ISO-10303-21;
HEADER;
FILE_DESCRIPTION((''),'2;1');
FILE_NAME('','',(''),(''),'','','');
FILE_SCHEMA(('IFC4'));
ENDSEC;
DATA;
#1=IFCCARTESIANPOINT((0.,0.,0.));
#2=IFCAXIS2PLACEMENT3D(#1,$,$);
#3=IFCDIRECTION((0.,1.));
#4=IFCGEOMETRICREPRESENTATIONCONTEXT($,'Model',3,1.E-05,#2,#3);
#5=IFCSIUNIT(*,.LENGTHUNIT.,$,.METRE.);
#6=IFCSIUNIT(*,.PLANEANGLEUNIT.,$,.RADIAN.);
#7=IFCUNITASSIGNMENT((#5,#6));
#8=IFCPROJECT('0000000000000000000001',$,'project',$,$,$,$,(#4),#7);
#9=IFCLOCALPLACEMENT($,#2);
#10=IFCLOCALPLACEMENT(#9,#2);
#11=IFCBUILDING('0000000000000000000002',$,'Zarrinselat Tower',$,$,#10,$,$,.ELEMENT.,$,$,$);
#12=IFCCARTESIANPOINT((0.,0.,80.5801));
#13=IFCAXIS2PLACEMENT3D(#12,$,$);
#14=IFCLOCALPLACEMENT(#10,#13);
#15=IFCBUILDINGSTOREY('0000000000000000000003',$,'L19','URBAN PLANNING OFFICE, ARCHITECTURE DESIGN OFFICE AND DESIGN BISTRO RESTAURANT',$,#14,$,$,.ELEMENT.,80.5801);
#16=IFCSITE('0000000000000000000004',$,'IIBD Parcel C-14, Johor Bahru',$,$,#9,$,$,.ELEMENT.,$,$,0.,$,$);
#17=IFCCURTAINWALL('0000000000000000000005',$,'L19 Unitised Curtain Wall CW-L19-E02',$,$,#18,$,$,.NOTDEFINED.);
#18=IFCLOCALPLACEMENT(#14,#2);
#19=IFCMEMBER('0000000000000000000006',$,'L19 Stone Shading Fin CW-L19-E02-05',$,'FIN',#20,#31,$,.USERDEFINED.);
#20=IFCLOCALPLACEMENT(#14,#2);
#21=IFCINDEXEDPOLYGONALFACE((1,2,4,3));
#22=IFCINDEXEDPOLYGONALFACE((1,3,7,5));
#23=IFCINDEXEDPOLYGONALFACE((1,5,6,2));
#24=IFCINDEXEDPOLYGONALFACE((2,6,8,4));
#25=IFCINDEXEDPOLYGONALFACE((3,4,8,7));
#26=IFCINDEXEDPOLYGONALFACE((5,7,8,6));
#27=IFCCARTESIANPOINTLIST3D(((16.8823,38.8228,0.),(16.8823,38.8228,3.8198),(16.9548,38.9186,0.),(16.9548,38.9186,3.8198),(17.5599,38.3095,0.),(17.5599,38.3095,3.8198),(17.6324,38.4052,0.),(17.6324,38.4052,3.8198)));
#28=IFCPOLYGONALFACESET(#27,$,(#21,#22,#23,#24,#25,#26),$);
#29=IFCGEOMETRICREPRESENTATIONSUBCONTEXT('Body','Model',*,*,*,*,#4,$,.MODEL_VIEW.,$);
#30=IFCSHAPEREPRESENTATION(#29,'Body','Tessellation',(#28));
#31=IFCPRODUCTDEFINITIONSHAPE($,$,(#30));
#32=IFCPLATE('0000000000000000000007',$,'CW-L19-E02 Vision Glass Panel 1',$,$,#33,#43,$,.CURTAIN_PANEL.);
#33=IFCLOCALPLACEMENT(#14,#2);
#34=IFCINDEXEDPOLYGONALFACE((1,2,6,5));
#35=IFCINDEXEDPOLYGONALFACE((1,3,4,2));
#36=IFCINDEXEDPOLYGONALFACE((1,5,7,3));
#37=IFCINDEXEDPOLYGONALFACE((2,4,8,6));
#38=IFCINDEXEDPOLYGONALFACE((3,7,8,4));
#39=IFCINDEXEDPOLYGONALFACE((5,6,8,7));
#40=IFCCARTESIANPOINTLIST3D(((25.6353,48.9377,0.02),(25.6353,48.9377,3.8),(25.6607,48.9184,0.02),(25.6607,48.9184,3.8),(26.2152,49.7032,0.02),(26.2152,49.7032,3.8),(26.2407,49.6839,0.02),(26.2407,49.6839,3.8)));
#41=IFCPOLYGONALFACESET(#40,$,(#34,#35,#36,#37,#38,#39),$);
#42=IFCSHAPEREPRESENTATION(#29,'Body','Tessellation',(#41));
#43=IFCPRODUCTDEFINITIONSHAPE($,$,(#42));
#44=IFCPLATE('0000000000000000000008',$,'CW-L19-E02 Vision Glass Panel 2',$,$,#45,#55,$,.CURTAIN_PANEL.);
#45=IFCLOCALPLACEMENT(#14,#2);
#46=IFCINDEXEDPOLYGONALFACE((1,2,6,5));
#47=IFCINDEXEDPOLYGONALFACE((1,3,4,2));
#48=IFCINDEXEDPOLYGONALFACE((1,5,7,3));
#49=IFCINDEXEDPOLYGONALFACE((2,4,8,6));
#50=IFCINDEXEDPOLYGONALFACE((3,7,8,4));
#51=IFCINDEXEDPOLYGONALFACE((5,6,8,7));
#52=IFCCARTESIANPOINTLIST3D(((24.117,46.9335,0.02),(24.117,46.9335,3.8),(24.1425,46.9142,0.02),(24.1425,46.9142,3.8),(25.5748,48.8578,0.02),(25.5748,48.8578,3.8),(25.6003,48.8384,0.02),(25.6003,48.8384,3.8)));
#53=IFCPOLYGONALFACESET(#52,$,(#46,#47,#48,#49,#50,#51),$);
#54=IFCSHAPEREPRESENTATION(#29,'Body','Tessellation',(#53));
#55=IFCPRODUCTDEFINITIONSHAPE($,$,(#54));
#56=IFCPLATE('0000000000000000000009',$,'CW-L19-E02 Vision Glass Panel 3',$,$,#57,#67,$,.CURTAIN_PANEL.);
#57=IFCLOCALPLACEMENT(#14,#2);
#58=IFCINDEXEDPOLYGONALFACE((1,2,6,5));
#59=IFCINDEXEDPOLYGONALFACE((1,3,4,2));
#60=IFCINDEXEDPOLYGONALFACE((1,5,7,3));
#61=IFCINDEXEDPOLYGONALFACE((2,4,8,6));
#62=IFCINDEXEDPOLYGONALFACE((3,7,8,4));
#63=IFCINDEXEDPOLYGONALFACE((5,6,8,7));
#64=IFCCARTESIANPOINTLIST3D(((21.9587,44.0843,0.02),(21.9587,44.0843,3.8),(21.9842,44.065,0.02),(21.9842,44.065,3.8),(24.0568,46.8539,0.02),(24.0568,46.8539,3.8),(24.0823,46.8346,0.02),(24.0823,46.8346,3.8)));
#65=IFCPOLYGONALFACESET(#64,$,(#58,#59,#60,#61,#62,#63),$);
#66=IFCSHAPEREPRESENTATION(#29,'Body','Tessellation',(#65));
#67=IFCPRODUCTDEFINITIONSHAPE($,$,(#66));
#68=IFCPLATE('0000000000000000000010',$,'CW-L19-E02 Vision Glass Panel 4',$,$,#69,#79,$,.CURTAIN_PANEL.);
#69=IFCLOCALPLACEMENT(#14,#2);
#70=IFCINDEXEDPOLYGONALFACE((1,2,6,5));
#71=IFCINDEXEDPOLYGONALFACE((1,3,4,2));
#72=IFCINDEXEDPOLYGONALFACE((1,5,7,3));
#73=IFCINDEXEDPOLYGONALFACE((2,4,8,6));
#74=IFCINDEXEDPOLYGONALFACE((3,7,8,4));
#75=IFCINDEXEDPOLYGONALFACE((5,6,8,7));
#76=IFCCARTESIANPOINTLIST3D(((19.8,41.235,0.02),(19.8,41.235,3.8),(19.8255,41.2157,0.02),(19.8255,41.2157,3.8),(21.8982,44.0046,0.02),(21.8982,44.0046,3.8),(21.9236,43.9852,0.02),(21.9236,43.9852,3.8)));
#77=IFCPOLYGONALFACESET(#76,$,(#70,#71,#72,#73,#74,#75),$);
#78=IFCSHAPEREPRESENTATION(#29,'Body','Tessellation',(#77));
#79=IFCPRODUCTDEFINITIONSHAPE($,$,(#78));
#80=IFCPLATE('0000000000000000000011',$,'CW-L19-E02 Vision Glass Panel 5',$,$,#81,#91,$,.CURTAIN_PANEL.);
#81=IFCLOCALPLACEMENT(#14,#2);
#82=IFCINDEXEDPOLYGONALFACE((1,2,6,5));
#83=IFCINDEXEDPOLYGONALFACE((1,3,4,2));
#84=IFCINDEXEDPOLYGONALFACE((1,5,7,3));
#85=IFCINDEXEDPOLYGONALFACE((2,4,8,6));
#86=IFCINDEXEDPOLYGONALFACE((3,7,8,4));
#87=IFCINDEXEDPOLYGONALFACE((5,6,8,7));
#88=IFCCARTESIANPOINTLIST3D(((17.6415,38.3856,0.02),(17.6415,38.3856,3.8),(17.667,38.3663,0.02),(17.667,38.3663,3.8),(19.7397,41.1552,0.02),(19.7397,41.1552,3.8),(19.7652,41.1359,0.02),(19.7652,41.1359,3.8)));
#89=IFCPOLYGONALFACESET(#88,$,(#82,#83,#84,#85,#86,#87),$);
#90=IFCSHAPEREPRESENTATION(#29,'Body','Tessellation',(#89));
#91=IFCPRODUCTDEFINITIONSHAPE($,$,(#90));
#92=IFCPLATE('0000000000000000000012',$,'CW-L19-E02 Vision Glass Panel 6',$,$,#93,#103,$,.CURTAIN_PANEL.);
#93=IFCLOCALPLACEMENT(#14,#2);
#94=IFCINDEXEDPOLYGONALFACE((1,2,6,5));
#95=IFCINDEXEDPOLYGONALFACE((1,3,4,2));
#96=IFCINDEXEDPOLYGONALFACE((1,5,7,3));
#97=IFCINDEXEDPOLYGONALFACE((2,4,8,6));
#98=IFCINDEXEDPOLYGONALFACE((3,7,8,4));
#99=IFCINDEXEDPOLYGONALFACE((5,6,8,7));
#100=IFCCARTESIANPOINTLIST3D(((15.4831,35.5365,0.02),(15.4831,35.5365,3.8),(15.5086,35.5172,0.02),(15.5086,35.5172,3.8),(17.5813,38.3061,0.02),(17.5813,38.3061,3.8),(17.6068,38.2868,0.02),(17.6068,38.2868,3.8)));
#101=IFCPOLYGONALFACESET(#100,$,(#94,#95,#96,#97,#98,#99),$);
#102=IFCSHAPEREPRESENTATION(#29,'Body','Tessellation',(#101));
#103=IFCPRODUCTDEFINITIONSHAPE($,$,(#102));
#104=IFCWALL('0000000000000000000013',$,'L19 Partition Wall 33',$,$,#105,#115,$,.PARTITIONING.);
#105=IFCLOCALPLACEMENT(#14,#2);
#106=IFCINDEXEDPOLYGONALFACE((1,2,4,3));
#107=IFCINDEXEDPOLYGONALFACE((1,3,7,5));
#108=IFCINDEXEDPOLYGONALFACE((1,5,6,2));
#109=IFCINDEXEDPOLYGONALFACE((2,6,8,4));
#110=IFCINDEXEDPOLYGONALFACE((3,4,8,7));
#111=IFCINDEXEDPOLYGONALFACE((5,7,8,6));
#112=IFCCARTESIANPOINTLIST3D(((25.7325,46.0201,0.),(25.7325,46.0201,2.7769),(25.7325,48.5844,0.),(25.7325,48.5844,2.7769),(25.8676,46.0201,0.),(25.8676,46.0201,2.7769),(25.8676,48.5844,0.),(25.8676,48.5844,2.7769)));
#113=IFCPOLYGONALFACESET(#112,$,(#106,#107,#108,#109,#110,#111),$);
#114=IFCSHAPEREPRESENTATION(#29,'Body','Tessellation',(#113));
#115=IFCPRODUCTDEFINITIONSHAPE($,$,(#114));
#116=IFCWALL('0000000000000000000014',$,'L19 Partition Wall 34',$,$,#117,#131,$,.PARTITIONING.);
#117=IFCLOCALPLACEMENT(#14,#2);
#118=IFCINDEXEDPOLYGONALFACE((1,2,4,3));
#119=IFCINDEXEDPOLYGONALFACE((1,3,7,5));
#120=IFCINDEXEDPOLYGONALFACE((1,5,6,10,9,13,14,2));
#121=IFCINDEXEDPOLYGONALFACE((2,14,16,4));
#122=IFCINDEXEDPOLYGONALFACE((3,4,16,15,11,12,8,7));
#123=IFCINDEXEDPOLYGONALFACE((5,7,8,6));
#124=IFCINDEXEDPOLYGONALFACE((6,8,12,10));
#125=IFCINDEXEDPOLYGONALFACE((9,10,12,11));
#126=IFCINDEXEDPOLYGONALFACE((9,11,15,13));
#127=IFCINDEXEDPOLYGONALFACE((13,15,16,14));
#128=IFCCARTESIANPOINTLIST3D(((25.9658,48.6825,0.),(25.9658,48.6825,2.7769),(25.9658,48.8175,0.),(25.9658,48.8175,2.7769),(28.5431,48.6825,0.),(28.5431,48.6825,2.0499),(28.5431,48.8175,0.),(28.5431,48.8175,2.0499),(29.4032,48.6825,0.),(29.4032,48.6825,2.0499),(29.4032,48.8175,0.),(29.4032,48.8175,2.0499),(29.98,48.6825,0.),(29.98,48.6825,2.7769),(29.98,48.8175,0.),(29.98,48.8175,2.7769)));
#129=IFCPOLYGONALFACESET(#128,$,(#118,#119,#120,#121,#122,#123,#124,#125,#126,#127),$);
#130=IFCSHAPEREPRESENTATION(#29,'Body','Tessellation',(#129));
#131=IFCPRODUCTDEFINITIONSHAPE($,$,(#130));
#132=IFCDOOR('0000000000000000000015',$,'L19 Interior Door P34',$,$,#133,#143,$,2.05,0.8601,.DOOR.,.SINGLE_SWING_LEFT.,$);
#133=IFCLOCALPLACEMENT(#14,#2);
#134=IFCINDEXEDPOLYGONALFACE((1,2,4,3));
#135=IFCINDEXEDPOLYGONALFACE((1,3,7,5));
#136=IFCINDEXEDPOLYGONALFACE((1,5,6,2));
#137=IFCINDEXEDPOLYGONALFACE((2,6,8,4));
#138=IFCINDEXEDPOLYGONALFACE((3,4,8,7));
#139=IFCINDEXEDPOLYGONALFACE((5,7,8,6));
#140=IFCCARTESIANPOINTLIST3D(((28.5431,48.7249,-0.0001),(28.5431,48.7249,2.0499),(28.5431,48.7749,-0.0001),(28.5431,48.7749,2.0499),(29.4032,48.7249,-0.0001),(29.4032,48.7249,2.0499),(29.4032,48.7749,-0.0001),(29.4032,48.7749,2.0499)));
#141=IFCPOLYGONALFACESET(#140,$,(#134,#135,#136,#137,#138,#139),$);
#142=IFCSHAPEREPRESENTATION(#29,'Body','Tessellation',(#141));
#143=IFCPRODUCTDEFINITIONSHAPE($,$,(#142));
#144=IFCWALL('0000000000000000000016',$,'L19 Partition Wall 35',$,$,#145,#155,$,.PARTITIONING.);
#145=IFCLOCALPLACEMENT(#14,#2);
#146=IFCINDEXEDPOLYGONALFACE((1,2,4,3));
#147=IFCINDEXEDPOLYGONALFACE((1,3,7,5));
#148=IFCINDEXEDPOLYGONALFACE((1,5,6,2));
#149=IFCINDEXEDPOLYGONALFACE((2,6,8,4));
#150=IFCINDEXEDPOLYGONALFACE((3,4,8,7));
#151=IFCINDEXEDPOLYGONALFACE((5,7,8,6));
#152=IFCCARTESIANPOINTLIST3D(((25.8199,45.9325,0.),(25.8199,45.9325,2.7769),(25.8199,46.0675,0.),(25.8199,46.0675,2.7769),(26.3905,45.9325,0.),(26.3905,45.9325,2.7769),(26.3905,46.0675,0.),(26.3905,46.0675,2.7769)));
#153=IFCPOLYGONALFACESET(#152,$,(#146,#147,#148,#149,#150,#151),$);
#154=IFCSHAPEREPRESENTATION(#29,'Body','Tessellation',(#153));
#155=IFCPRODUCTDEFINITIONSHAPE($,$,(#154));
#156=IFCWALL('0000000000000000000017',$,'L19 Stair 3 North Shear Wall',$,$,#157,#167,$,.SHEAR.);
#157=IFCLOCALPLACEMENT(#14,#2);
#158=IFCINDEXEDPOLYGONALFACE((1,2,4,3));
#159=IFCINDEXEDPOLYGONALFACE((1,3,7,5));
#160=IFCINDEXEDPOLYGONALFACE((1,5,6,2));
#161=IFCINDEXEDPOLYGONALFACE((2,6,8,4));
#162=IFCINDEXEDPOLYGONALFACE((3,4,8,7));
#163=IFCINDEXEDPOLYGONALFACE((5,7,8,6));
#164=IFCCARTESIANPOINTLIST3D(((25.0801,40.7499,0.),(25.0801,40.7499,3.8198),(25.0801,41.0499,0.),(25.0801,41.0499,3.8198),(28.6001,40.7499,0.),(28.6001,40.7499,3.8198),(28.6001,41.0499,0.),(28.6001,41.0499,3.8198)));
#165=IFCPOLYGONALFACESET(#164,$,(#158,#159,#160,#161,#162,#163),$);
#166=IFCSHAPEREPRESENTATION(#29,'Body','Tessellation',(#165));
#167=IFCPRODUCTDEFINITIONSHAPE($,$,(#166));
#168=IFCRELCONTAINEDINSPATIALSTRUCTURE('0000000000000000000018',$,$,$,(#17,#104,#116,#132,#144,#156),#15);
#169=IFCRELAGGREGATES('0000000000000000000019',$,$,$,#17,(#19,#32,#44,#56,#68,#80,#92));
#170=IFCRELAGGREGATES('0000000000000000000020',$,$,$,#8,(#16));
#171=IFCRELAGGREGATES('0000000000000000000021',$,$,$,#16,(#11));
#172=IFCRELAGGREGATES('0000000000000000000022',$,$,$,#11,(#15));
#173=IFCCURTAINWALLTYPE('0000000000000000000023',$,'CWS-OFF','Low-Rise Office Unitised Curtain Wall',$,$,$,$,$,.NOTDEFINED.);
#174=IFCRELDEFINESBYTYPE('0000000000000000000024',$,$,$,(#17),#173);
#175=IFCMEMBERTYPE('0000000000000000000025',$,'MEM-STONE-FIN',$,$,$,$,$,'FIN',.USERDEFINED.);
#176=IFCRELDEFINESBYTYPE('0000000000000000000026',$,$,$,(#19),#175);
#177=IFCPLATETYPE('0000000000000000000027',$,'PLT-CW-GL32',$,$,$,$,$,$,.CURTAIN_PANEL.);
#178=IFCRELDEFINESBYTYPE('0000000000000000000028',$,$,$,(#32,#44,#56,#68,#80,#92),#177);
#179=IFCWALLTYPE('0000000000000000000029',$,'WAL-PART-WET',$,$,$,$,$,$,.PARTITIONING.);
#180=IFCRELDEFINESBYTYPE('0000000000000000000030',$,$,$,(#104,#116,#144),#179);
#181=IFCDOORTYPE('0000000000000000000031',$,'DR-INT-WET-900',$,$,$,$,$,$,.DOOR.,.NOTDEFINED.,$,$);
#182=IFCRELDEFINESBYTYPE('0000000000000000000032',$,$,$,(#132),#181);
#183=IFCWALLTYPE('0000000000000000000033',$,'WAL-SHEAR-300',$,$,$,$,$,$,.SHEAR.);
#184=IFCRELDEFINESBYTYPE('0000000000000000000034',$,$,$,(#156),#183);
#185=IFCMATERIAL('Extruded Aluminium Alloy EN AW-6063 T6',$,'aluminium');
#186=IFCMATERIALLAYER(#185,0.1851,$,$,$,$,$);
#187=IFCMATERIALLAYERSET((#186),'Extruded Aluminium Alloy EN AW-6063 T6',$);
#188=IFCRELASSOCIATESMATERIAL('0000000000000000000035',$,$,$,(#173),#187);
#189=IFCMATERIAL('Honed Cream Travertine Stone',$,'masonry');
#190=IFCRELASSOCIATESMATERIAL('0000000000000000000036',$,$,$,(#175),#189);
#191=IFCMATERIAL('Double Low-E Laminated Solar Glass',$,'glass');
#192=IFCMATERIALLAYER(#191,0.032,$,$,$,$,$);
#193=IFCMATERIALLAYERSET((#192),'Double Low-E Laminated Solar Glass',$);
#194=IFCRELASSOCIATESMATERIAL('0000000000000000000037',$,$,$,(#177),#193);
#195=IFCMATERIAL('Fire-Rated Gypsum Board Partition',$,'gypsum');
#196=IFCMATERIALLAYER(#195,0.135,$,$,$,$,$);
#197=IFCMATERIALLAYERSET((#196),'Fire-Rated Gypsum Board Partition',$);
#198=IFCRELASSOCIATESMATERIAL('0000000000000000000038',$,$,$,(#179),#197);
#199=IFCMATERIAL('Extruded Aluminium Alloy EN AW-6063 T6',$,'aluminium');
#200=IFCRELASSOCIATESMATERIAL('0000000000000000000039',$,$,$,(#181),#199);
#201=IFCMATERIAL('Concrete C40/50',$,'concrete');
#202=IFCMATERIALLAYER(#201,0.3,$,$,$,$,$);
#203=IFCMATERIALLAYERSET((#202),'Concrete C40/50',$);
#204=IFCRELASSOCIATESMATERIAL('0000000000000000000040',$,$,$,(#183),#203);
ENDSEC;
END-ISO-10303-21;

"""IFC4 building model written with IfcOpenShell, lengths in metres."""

from ifc_helpers import new_model, si_unit, direction, frame, frame_2d, origin, origin_2d, place, context, subcontext, project, spatial, rectangle, extrude, material, layer, layer_set, material_profile, profile_set, type_object, element, fill, aggregate, save


model = new_model("IFC4")

# Units and contexts
model_context = context("Model", 3, precision=1e-05, world=origin(), true_north=direction((0.0, 1.0)))
body_context = subcontext(model_context, "Body", "Model", "MODEL_VIEW")
ifc_project = project(units=[si_unit("LENGTHUNIT", "METRE"), si_unit("PLANEANGLEUNIT", "RADIAN")], contexts=[model_context])

# Site, building, storey
site_placement = place(None, origin())
site = spatial("IfcSite", under=ifc_project, at=site_placement, Name="IIBD Parcel C-14, Johor Bahru", CompositionType="ELEMENT", RefElevation=0.0)
building_placement = place(site_placement, origin())
building = spatial("IfcBuilding", under=site, at=building_placement, Name="Zarrinselat Tower", CompositionType="ELEMENT")
storey_placement = place(building_placement, frame((0.0, 0.0, 80.5801)))
storey = spatial("IfcBuildingStorey", under=building, at=storey_placement, Name="L19", Description="URBAN PLANNING OFFICE, ARCHITECTURE DESIGN OFFICE AND DESIGN BISTRO RESTAURANT", CompositionType="ELEMENT", Elevation=80.5801)

# Shared definitions
ifc_material_1 = material(Name="Extruded Aluminium Alloy EN AW-6063 T6", Category="aluminium")
ifc_layer_1 = layer(ifc_material_1, 0.1851)
ifc_layer_set_1 = layer_set([ifc_layer_1], Name="Extruded Aluminium Alloy EN AW-6063 T6")
curtain_wall_type = type_object("IfcCurtainWallType", Name="CWS-OFF", Description="Low-Rise Office Unitised Curtain Wall", PredefinedType="NOTDEFINED", material=ifc_layer_set_1)

# Curtain wall
curtain_wall_1_placement = place(storey_placement, origin())
curtain_wall_1 = element("IfcCurtainWall", 1, at=curtain_wall_1_placement, inside=storey, type_object=curtain_wall_type, Name="L19 Unitised Curtain Wall CW-L19-E02", PredefinedType="NOTDEFINED")

# Member
ifc_material_2 = material(Name="Honed Cream Travertine Stone", Category="masonry")
ifc_material_profile_1 = material_profile(ifc_material_2, rectangle(XDim=0.1201, YDim=0.8501, at=origin_2d()), Name="FIN 850x120")
ifc_profile_set_1 = profile_set([ifc_material_profile_1], Name="Honed Cream Travertine Stone")
member_type_1 = type_object("IfcMemberType", Name="MEM-STONE-FIN", ElementType="FIN", PredefinedType="USERDEFINED", material=ifc_profile_set_1)
member_1_placement = place(storey_placement, frame((17.2573, 38.614, 0.0), z_axis=(0.0, 0.0, 1.0), x_axis=(0.603857, 0.797093, 0.0)))
member_1 = element("IfcMember", 2, at=member_1_placement, type_object=member_type_1, Name="L19 Stone Shading Fin CW-L19-E02-05", ObjectType="FIN", PredefinedType="USERDEFINED", context=body_context, shape_type="SweptSolid", body=[
    extrude(rectangle(XDim=0.1201, YDim=0.8501, at=origin_2d()), origin(), (0.0, 0.0, 1.0), 3.8198),
])

# Plates
ifc_material_3 = material(Name="Double Low-E Laminated Solar Glass", Category="glass")
ifc_layer_2 = layer(ifc_material_3, 0.032)
ifc_layer_set_2 = layer_set([ifc_layer_2], Name="Double Low-E Laminated Solar Glass")
plate_type = type_object("IfcPlateType", Name="PLT-CW-GL32", PredefinedType="CURTAIN_PANEL", material=ifc_layer_set_2)
plate_1_placement = place(storey_placement, frame((25.938, 49.3108, 0.02), z_axis=(0.0, 0.0, 1.0), x_axis=(-0.603857, -0.797093, 0.0)))
plate_1 = element("IfcPlate", 3, at=plate_1_placement, type_object=plate_type, Name="CW-L19-E02 Vision Glass Panel 1", PredefinedType="CURTAIN_PANEL", context=body_context, shape_type="SweptSolid", body=[
    extrude(rectangle(XDim=0.9604, YDim=0.032, at=origin_2d()), origin(), (0.0, 0.0, 1.0), 3.78),
])
plate_2_placement = place(storey_placement, frame((24.8586, 47.886, 0.02), z_axis=(0.0, 0.0, 1.0), x_axis=(-0.603857, -0.797093, 0.0)))
plate_2 = element("IfcPlate", 4, at=plate_2_placement, type_object=plate_type, Name="CW-L19-E02 Vision Glass Panel 2", PredefinedType="CURTAIN_PANEL", context=body_context, shape_type="SweptSolid", body=[
    extrude(rectangle(XDim=2.4141, YDim=0.032, at=origin_2d()), origin(), (0.0, 0.0, 1.0), 3.78),
])
plate_3_placement = place(storey_placement, frame((23.0205, 45.4595, 0.02), z_axis=(0.0, 0.0, 1.0), x_axis=(-0.603857, -0.797093, 0.0)))
plate_3 = element("IfcPlate", 5, at=plate_3_placement, type_object=plate_type, Name="CW-L19-E02 Vision Glass Panel 3", PredefinedType="CURTAIN_PANEL", context=body_context, shape_type="SweptSolid", body=[
    extrude(rectangle(XDim=3.4746, YDim=0.032, at=origin_2d()), origin(), (0.0, 0.0, 1.0), 3.78),
])
plate_4_placement = place(storey_placement, frame((20.8618, 42.6101, 0.02), z_axis=(0.0, 0.0, 1.0), x_axis=(-0.603857, -0.797093, 0.0)))
plate_4 = element("IfcPlate", 6, at=plate_4_placement, type_object=plate_type, Name="CW-L19-E02 Vision Glass Panel 4", PredefinedType="CURTAIN_PANEL", context=body_context, shape_type="SweptSolid", body=[
    extrude(rectangle(XDim=3.4746, YDim=0.032, at=origin_2d()), origin(), (0.0, 0.0, 1.0), 3.78),
])
plate_5_placement = place(storey_placement, frame((18.7034, 39.7607, 0.02), z_axis=(0.0, 0.0, 1.0), x_axis=(-0.603857, -0.797093, 0.0)))
plate_5 = element("IfcPlate", 7, at=plate_5_placement, type_object=plate_type, Name="CW-L19-E02 Vision Glass Panel 5", PredefinedType="CURTAIN_PANEL", context=body_context, shape_type="SweptSolid", body=[
    extrude(rectangle(XDim=3.4746, YDim=0.032, at=origin_2d()), origin(), (0.0, 0.0, 1.0), 3.78),
])
plate_6_placement = place(storey_placement, frame((16.5449, 36.9116, 0.02), z_axis=(0.0, 0.0, 1.0), x_axis=(-0.603857, -0.797093, 0.0)))
plate_6 = element("IfcPlate", 8, at=plate_6_placement, type_object=plate_type, Name="CW-L19-E02 Vision Glass Panel 6", PredefinedType="CURTAIN_PANEL", context=body_context, shape_type="SweptSolid", body=[
    extrude(rectangle(XDim=3.4746, YDim=0.032, at=origin_2d()), origin(), (0.0, 0.0, 1.0), 3.78),
])
aggregate(curtain_wall_1, [member_1, plate_1, plate_2, plate_3, plate_4, plate_5, plate_6])

# Wall
ifc_material_4 = material(Name="Fire-Rated Gypsum Board Partition", Category="gypsum")
ifc_layer_3 = layer(ifc_material_4, 0.135)
ifc_layer_set_3 = layer_set([ifc_layer_3], Name="Fire-Rated Gypsum Board Partition")
wall_type_1 = type_object("IfcWallType", Name="WAL-PART-WET", PredefinedType="PARTITIONING", material=ifc_layer_set_3)
wall_1_placement = place(storey_placement, frame((25.8, 46.02, 0.0), z_axis=(0.0, 0.0, 1.0), x_axis=(0.0, 1.0, 0.0)))
element("IfcWall", 9, at=wall_1_placement, inside=storey, type_object=wall_type_1, Name="L19 Partition Wall 33", PredefinedType="PARTITIONING", context=body_context, shape_type="SweptSolid", body=[
    extrude(rectangle(XDim=2.5642, YDim=0.135, at=frame_2d((1.2822, 0.0))), origin(), (0.0, 0.0, 1.0), 2.7769),
])

# Wall, opening, door
wall_2_placement = place(storey_placement, frame((25.9658, 48.75, 0.0), z_axis=(0.0, 0.0, 1.0), x_axis=(1.0, 0.0, 0.0)))
wall_2 = element("IfcWall", 10, at=wall_2_placement, inside=storey, type_object=wall_type_1, Name="L19 Partition Wall 34", PredefinedType="PARTITIONING", context=body_context, shape_type="SweptSolid", body=[
    extrude(rectangle(XDim=4.0142, YDim=0.135, at=frame_2d((2.0071, 0.0))), origin(), (0.0, 0.0, 1.0), 2.7769),
])
opening_placement = place(wall_2_placement, frame((2.5771, 0.0, 0.0)))
opening = element("IfcOpeningElement", 11, at=opening_placement, cuts=wall_2, PredefinedType="OPENING", context=body_context, shape_type="SweptSolid", body=[
    extrude(rectangle(XDim=0.8601, YDim=2.05, at=frame_2d((0.4302, 1.0249))), frame((0.0, 0.0774, 0.0), z_axis=(0.0, -1.0, 0.0), x_axis=(1.0, 0.0, 0.0)), (0.0, 0.0, 1.0), 0.155),
])
ifc_material_5 = material(Name="Extruded Aluminium Alloy EN AW-6063 T6", Category="aluminium")
door_type = type_object("IfcDoorType", Name="DR-INT-WET-900", OperationType="NOTDEFINED", PredefinedType="DOOR", material=ifc_material_5)
door_placement = place(opening_placement, origin())
door = element("IfcDoor", 12, at=door_placement, inside=storey, type_object=door_type, Name="L19 Interior Door P34", OperationType="SINGLE_SWING_LEFT", OverallHeight=2.05, OverallWidth=0.8601, PredefinedType="DOOR", context=body_context, shape_type="SweptSolid", body=[
    extrude(rectangle(XDim=0.8601, YDim=2.05, at=frame_2d((0.4302, 1.0249))), frame((0.0, 0.0249, 0.0), z_axis=(0.0, -1.0, 0.0), x_axis=(1.0, 0.0, 0.0)), (0.0, 0.0, 1.0), 0.05),
])
fill(opening, door)

# Walls
wall_3_placement = place(storey_placement, frame((25.8201, 46.0, 0.0), z_axis=(0.0, 0.0, 1.0), x_axis=(1.0, 0.0, 0.0)))
element("IfcWall", 13, at=wall_3_placement, inside=storey, type_object=wall_type_1, Name="L19 Partition Wall 35", PredefinedType="PARTITIONING", context=body_context, shape_type="SweptSolid", body=[
    extrude(rectangle(XDim=0.5706, YDim=0.135, at=frame_2d((0.2852, 0.0))), origin(), (0.0, 0.0, 1.0), 2.7769),
])
ifc_material_6 = material(Name="Concrete C40/50", Category="concrete")
ifc_layer_4 = layer(ifc_material_6, 0.3)
ifc_layer_set_4 = layer_set([ifc_layer_4], Name="Concrete C40/50")
wall_type_2 = type_object("IfcWallType", Name="WAL-SHEAR-300", PredefinedType="SHEAR", material=ifc_layer_set_4)
wall_4_placement = place(storey_placement, frame((25.0801, 40.8999, 0.0), z_axis=(0.0, 0.0, 1.0), x_axis=(1.0, 0.0, 0.0)))
element("IfcWall", 14, at=wall_4_placement, inside=storey, type_object=wall_type_2, Name="L19 Stair 3 North Shear Wall", PredefinedType="SHEAR", context=body_context, shape_type="SweptSolid", body=[
    extrude(rectangle(XDim=3.52, YDim=0.3, at=frame_2d((1.76, 0.0))), origin(), (0.0, 0.0, 1.0), 3.8198),
])

save(model, "model.ifc")
